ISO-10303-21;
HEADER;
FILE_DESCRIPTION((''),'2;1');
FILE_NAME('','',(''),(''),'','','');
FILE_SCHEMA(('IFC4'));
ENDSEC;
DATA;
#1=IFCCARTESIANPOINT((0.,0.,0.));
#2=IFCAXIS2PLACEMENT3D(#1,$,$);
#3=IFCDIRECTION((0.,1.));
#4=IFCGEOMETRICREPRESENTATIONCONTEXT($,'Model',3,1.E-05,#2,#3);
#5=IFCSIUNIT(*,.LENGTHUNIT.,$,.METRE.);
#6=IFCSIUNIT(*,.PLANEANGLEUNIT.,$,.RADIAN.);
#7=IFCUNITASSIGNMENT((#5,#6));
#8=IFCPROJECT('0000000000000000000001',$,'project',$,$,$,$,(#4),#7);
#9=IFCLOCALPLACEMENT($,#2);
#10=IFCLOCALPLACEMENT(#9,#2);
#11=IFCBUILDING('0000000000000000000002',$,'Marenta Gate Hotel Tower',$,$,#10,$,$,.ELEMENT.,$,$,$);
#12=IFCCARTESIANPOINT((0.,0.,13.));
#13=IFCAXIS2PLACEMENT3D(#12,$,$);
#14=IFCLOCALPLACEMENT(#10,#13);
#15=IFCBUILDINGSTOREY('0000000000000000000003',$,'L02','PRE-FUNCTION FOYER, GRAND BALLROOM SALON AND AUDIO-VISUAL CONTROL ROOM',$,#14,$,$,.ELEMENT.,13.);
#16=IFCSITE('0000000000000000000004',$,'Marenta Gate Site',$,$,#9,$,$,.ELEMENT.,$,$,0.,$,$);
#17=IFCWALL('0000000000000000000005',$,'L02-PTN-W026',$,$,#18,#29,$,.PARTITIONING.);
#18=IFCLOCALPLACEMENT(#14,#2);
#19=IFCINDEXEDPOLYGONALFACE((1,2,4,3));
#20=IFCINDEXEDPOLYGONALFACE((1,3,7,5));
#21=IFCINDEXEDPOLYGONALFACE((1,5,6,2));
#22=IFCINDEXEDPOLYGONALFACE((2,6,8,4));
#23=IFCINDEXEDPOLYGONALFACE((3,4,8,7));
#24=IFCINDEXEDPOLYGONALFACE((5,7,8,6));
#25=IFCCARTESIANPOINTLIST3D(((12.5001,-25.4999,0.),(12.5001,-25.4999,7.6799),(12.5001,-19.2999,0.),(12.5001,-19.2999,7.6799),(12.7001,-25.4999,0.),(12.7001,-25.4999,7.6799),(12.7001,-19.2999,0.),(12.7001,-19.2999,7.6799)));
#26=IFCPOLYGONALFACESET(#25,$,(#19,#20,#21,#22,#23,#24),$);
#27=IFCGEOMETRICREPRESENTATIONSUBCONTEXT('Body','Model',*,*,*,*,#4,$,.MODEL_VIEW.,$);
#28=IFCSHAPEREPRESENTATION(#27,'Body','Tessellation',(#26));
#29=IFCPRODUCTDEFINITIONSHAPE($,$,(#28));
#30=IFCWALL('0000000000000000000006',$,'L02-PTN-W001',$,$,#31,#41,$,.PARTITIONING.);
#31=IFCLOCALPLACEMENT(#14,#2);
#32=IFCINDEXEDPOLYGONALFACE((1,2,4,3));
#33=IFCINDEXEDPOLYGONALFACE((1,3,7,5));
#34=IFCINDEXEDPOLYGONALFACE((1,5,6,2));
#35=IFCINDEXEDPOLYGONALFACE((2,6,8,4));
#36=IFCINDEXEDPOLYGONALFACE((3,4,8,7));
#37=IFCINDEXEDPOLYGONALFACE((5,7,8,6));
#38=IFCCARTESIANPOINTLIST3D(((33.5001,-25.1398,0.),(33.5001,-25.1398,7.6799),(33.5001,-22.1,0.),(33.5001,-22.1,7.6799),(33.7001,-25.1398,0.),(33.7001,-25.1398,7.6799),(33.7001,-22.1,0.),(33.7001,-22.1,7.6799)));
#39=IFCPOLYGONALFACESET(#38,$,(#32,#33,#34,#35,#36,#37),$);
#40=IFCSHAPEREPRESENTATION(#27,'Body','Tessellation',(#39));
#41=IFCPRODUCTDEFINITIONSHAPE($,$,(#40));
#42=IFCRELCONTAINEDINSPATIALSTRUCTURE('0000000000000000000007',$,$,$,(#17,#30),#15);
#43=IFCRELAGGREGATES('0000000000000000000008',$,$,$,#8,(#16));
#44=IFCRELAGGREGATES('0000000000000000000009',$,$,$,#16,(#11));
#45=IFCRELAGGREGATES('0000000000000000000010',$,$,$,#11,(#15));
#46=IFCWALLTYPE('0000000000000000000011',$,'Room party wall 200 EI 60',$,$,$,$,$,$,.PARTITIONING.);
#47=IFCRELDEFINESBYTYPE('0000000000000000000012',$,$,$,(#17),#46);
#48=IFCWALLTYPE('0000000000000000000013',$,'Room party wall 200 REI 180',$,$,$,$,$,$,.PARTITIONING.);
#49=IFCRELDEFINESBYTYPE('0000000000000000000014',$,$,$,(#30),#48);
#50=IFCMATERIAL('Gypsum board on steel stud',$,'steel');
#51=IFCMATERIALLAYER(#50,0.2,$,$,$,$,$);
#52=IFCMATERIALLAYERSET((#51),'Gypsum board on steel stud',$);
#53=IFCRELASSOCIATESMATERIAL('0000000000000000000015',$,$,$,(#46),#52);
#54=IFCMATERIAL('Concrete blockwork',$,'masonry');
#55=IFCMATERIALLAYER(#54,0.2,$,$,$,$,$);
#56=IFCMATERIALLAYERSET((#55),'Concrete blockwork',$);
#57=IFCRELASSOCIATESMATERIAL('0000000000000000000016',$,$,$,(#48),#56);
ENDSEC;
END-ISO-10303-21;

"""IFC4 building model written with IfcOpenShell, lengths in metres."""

from ifc_helpers import new_model, si_unit, direction, frame, frame_2d, origin, place, context, subcontext, project, spatial, rectangle, extrude, material, layer, layer_set, type_object, element, save


model = new_model("IFC4")

# Units and contexts
model_context = context("Model", 3, precision=1e-05, world=origin(), true_north=direction((0.0, 1.0)))
body_context = subcontext(model_context, "Body", "Model", "MODEL_VIEW")
ifc_project = project(units=[si_unit("LENGTHUNIT", "METRE"), si_unit("PLANEANGLEUNIT", "RADIAN")], contexts=[model_context])

# Site, building, storey
site_placement = place(None, origin())
site = spatial("IfcSite", under=ifc_project, at=site_placement, Name="Marenta Gate Site", CompositionType="ELEMENT", RefElevation=0.0)
building_placement = place(site_placement, origin())
building = spatial("IfcBuilding", under=site, at=building_placement, Name="Marenta Gate Hotel Tower", CompositionType="ELEMENT")
storey_placement = place(building_placement, frame((0.0, 0.0, 13.0)))
storey = spatial("IfcBuildingStorey", under=building, at=storey_placement, Name="L02", Description="PRE-FUNCTION FOYER, GRAND BALLROOM SALON AND AUDIO-VISUAL CONTROL ROOM", CompositionType="ELEMENT", Elevation=13.0)

# Walls
ifc_material_1 = material(Name="Gypsum board on steel stud", Category="steel")
ifc_layer_1 = layer(ifc_material_1, 0.2)
ifc_layer_set_1 = layer_set([ifc_layer_1], Name="Gypsum board on steel stud")
wall_type_1 = type_object("IfcWallType", Name="Room party wall 200 EI 60", PredefinedType="PARTITIONING", material=ifc_layer_set_1)
wall_1_placement = place(storey_placement, frame((12.6001, -25.5, 0.0), z_axis=(0.0, 0.0, 1.0), x_axis=(0.0, 1.0, 0.0)))
element("IfcWall", 1, at=wall_1_placement, inside=storey, type_object=wall_type_1, Name="L02-PTN-W026", PredefinedType="PARTITIONING", context=body_context, shape_type="SweptSolid", body=[
    extrude(rectangle(XDim=6.2, YDim=0.2, at=frame_2d((3.1001, 0.0))), origin(), (0.0, 0.0, 1.0), 7.6799),
])
ifc_material_2 = material(Name="Concrete blockwork", Category="masonry")
ifc_layer_2 = layer(ifc_material_2, 0.2)
ifc_layer_set_2 = layer_set([ifc_layer_2], Name="Concrete blockwork")
wall_type_2 = type_object("IfcWallType", Name="Room party wall 200 REI 180", PredefinedType="PARTITIONING", material=ifc_layer_set_2)
wall_2_placement = place(storey_placement, frame((33.6001, -25.1399, 0.0), z_axis=(0.0, 0.0, 1.0), x_axis=(0.0, 1.0, 0.0)))
element("IfcWall", 2, at=wall_2_placement, inside=storey, type_object=wall_type_2, Name="L02-PTN-W001", PredefinedType="PARTITIONING", context=body_context, shape_type="SweptSolid", body=[
    extrude(rectangle(XDim=3.0398, YDim=0.2, at=frame_2d((1.52, 0.0))), origin(), (0.0, 0.0, 1.0), 7.6799),
])

save(model, "model.ifc")
